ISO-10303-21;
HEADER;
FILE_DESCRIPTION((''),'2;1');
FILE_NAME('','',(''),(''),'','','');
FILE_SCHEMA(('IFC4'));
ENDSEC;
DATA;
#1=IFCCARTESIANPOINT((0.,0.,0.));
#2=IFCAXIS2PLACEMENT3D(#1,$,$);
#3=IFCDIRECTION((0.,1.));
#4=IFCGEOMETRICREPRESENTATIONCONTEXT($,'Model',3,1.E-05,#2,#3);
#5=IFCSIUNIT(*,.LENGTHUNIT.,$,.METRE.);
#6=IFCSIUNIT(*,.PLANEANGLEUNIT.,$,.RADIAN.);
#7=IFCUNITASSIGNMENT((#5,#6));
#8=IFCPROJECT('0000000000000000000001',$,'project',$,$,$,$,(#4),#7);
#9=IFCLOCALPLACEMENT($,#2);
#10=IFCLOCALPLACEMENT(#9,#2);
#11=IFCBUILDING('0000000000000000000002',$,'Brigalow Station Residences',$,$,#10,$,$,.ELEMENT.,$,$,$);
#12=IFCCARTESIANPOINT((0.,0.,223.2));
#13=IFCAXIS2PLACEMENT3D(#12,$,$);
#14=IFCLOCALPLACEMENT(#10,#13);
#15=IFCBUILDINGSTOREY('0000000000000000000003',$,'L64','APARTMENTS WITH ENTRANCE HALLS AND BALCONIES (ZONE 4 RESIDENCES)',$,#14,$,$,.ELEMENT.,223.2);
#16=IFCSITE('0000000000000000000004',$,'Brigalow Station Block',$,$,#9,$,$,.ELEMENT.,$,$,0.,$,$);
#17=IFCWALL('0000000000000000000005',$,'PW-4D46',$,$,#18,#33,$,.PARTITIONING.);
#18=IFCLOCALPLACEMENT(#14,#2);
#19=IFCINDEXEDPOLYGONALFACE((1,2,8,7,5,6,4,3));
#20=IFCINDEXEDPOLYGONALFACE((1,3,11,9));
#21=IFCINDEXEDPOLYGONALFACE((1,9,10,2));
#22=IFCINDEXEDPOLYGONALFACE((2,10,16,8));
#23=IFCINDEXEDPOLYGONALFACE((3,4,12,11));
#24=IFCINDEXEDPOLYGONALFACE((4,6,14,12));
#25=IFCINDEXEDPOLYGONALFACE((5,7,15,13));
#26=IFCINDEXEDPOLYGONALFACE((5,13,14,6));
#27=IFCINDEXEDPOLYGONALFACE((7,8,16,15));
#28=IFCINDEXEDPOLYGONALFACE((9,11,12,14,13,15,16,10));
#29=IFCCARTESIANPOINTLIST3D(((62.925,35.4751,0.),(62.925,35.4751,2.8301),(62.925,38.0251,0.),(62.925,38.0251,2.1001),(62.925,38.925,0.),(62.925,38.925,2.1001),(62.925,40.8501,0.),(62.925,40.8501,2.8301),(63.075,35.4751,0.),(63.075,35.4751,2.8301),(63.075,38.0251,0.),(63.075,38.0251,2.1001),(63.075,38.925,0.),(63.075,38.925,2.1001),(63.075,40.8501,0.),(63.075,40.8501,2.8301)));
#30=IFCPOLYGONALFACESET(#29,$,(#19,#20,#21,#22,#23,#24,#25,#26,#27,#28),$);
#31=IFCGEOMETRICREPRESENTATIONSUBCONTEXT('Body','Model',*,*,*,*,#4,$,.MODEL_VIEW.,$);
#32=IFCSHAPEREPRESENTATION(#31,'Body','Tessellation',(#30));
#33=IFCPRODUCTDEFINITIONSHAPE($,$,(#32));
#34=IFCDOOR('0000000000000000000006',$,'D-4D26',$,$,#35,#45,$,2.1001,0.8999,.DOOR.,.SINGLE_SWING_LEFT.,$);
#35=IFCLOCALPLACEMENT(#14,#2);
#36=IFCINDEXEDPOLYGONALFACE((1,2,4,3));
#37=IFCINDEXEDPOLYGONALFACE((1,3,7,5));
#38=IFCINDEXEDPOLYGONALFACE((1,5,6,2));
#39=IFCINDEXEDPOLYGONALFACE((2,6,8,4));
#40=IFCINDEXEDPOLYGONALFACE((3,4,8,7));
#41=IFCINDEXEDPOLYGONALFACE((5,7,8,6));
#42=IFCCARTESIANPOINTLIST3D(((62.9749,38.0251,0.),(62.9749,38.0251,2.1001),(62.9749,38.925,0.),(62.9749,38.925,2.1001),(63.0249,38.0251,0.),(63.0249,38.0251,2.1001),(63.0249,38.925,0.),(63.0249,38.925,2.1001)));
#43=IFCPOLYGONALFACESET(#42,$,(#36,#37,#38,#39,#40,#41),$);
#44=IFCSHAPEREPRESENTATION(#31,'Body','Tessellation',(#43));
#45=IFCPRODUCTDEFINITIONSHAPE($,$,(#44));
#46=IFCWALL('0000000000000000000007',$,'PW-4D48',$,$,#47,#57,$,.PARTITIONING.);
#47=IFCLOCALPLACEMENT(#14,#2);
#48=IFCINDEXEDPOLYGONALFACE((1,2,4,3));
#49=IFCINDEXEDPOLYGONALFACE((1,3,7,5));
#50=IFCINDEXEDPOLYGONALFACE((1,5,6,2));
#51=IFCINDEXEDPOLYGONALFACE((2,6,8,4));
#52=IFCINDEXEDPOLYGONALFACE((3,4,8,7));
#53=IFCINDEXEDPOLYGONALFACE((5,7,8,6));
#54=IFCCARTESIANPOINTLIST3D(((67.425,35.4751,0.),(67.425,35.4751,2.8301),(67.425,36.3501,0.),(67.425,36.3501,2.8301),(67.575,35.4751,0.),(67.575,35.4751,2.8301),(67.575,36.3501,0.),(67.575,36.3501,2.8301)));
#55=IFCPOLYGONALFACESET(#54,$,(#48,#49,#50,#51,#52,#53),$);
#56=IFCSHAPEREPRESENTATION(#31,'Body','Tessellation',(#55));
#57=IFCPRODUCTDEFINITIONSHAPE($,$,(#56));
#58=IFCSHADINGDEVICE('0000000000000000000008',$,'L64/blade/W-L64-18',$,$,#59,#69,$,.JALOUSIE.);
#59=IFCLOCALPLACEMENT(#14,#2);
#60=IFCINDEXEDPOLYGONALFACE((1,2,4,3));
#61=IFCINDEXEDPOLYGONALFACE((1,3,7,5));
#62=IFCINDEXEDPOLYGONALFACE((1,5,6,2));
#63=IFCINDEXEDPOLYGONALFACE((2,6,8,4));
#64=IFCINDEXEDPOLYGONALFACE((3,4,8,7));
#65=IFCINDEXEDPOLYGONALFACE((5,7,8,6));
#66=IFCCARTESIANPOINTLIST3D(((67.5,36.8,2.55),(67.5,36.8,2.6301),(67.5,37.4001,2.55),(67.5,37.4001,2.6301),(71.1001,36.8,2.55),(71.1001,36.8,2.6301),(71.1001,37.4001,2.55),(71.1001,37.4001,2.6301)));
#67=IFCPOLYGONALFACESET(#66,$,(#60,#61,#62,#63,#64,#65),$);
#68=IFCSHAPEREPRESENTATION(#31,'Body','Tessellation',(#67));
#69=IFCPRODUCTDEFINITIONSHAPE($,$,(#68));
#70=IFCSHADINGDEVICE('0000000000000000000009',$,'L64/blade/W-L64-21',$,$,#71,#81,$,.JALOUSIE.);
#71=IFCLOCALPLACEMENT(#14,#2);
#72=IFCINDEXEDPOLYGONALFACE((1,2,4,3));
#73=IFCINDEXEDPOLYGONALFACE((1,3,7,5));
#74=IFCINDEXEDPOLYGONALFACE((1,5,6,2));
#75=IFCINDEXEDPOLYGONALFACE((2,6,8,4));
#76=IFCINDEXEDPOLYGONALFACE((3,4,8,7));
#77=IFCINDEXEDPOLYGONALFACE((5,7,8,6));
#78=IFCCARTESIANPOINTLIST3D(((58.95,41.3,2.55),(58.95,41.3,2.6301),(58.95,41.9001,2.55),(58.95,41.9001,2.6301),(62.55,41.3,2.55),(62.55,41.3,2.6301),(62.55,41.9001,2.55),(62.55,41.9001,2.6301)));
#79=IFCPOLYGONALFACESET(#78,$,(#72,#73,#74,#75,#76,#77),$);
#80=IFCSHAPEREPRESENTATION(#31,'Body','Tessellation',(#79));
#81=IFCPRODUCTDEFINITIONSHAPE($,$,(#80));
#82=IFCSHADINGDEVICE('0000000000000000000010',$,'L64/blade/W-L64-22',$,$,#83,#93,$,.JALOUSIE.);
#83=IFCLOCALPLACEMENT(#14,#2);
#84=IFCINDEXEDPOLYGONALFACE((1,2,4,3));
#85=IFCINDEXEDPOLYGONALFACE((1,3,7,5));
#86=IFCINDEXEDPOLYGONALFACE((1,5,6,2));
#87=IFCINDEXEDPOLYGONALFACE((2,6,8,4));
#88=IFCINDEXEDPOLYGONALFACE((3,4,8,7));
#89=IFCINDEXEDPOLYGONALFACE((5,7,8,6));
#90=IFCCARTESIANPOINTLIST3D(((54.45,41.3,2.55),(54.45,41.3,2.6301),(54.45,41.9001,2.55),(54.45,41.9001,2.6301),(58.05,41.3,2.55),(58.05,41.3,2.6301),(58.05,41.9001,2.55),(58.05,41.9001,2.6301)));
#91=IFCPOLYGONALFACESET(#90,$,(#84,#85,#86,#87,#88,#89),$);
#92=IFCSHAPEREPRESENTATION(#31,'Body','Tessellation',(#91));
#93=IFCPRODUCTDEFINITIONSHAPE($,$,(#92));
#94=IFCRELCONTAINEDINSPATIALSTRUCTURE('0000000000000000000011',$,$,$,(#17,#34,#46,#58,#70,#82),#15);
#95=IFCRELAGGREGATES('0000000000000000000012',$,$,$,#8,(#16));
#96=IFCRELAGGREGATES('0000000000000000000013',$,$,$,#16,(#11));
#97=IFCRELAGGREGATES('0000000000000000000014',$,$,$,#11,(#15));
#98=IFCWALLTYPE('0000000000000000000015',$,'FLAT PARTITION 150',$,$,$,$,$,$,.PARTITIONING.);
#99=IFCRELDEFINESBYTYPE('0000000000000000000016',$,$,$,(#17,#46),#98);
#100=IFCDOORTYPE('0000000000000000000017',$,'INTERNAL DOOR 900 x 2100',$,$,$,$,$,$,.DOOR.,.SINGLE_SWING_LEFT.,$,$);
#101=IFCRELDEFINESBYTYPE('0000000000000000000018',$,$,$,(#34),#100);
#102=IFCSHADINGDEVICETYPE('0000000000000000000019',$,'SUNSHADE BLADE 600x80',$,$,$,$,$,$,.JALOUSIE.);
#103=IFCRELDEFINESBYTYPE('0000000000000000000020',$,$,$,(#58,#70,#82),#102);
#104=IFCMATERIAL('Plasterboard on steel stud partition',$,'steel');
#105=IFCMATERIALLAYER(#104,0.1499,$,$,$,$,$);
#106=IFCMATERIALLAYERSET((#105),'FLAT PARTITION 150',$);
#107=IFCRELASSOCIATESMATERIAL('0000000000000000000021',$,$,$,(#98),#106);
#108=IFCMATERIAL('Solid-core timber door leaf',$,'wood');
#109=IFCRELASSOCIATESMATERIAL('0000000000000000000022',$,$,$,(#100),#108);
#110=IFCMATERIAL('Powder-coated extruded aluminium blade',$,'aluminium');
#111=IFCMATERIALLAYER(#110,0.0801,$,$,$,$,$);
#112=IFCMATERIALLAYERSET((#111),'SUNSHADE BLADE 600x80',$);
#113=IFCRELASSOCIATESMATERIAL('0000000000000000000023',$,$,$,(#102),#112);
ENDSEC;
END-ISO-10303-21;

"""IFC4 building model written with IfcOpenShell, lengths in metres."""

from ifc_helpers import new_model, si_unit, direction, frame, frame_2d, origin, origin_2d, place, context, subcontext, project, spatial, rectangle, extrude, material, layer, layer_set, type_object, element, fill, save


model = new_model("IFC4")

# Units and contexts
model_context = context("Model", 3, precision=1e-05, world=origin(), true_north=direction((0.0, 1.0)))
body_context = subcontext(model_context, "Body", "Model", "MODEL_VIEW")
ifc_project = project(units=[si_unit("LENGTHUNIT", "METRE"), si_unit("PLANEANGLEUNIT", "RADIAN")], contexts=[model_context])

# Site, building, storey
site_placement = place(None, origin())
site = spatial("IfcSite", under=ifc_project, at=site_placement, Name="Brigalow Station Block", CompositionType="ELEMENT", RefElevation=0.0)
building_placement = place(site_placement, origin())
building = spatial("IfcBuilding", under=site, at=building_placement, Name="Brigalow Station Residences", CompositionType="ELEMENT")
storey_placement = place(building_placement, frame((0.0, 0.0, 223.2)))
storey = spatial("IfcBuildingStorey", under=building, at=storey_placement, Name="L64", Description="APARTMENTS WITH ENTRANCE HALLS AND BALCONIES (ZONE 4 RESIDENCES)", CompositionType="ELEMENT", Elevation=223.2)

# Wall, opening, door
ifc_material_1 = material(Name="Plasterboard on steel stud partition", Category="steel")
ifc_layer_1 = layer(ifc_material_1, 0.1499)
ifc_layer_set_1 = layer_set([ifc_layer_1], Name="FLAT PARTITION 150")
wall_type_1 = type_object("IfcWallType", Name="FLAT PARTITION 150", PredefinedType="PARTITIONING", material=ifc_layer_set_1)
ifc_material_2 = material(Name="Solid-core timber door leaf", Category="wood")
door_type_1 = type_object("IfcDoorType", Name="INTERNAL DOOR 900 x 2100", OperationType="SINGLE_SWING_LEFT", PredefinedType="DOOR", material=ifc_material_2)
wall_1_placement = place(storey_placement, frame((63.0, 35.4751, 0.0), z_axis=(0.0, 0.0, 1.0), x_axis=(0.0, 1.0, 0.0)))
wall_1 = element("IfcWall", 1, at=wall_1_placement, inside=storey, type_object=wall_type_1, Name="PW-4D46", PredefinedType="PARTITIONING", context=body_context, shape_type="SweptSolid", body=[
    extrude(rectangle(XDim=5.375, YDim=0.1499, at=frame_2d((2.6875, 0.0))), origin(), (0.0, 0.0, 1.0), 2.8301),
])
opening_1_placement = place(wall_1_placement, frame((2.55, 0.0, 0.0)))
opening_1 = element("IfcOpeningElement", 2, at=opening_1_placement, cuts=wall_1, PredefinedType="OPENING", context=body_context, shape_type="SweptSolid", body=[
    extrude(rectangle(XDim=0.8999, YDim=2.1001, at=frame_2d((0.45, 1.05))), frame((0.0, 0.085, 0.0), z_axis=(0.0, -1.0, 0.0), x_axis=(1.0, 0.0, 0.0)), (0.0, 0.0, 1.0), 0.1699),
])
door_1_placement = place(opening_1_placement, frame((0.8999, 0.0, 0.0), z_axis=(0.0, 0.0, 1.0), x_axis=(-1.0, 0.0, 0.0)))
door_1 = element("IfcDoor", 3, at=door_1_placement, inside=storey, type_object=door_type_1, Name="D-4D26", OperationType="SINGLE_SWING_LEFT", OverallHeight=2.1001, OverallWidth=0.8999, PredefinedType="DOOR", context=body_context, shape_type="SweptSolid", body=[
    extrude(rectangle(XDim=0.8999, YDim=2.1001, at=frame_2d((0.45, 1.05))), frame((0.0, 0.0249, 0.0), z_axis=(0.0, -1.0, 0.0), x_axis=(1.0, 0.0, 0.0)), (0.0, 0.0, 1.0), 0.05),
])
fill(opening_1, door_1)

# Wall
wall_2_placement = place(storey_placement, frame((67.5, 35.4751, 0.0), z_axis=(0.0, 0.0, 1.0), x_axis=(0.0, 1.0, 0.0)))
element("IfcWall", 4, at=wall_2_placement, inside=storey, type_object=wall_type_1, Name="PW-4D48", PredefinedType="PARTITIONING", context=body_context, shape_type="SweptSolid", body=[
    extrude(rectangle(XDim=0.875, YDim=0.1499, at=frame_2d((0.4375, 0.0))), origin(), (0.0, 0.0, 1.0), 2.8301),
])

# Shading devices
ifc_material_3 = material(Name="Powder-coated extruded aluminium blade", Category="aluminium")
ifc_layer_2 = layer(ifc_material_3, 0.0801)
ifc_layer_set_2 = layer_set([ifc_layer_2], Name="SUNSHADE BLADE 600x80")
shading_device_type = type_object("IfcShadingDeviceType", Name="SUNSHADE BLADE 600x80", PredefinedType="JALOUSIE", material=ifc_layer_set_2)
for number, where, z_axis, x_axis, name in (
    (5, (69.3, 37.1001, 2.55), (0.0, 0.0, 1.0), (-1.0, 0.0, 0.0), "L64/blade/W-L64-18"),
    (6, (60.75, 41.6001, 2.55), (0.0, 0.0, 1.0), (-1.0, 0.0, 0.0), "L64/blade/W-L64-21"),
    (7, (56.25, 41.6001, 2.55), (0.0, 0.0, 1.0), (-1.0, 0.0, 0.0), "L64/blade/W-L64-22"),
):
    element("IfcShadingDevice", number, at=place(storey_placement, frame(where, z_axis=z_axis, x_axis=x_axis)), inside=storey, type_object=shading_device_type, Name=name, PredefinedType="JALOUSIE", context=body_context, shape_type="SweptSolid", body=[
        extrude(rectangle(XDim=3.6001, YDim=0.6001, at=origin_2d()), origin(), (0.0, 0.0, 1.0), 0.0801),
    ])

save(model, "model.ifc")
